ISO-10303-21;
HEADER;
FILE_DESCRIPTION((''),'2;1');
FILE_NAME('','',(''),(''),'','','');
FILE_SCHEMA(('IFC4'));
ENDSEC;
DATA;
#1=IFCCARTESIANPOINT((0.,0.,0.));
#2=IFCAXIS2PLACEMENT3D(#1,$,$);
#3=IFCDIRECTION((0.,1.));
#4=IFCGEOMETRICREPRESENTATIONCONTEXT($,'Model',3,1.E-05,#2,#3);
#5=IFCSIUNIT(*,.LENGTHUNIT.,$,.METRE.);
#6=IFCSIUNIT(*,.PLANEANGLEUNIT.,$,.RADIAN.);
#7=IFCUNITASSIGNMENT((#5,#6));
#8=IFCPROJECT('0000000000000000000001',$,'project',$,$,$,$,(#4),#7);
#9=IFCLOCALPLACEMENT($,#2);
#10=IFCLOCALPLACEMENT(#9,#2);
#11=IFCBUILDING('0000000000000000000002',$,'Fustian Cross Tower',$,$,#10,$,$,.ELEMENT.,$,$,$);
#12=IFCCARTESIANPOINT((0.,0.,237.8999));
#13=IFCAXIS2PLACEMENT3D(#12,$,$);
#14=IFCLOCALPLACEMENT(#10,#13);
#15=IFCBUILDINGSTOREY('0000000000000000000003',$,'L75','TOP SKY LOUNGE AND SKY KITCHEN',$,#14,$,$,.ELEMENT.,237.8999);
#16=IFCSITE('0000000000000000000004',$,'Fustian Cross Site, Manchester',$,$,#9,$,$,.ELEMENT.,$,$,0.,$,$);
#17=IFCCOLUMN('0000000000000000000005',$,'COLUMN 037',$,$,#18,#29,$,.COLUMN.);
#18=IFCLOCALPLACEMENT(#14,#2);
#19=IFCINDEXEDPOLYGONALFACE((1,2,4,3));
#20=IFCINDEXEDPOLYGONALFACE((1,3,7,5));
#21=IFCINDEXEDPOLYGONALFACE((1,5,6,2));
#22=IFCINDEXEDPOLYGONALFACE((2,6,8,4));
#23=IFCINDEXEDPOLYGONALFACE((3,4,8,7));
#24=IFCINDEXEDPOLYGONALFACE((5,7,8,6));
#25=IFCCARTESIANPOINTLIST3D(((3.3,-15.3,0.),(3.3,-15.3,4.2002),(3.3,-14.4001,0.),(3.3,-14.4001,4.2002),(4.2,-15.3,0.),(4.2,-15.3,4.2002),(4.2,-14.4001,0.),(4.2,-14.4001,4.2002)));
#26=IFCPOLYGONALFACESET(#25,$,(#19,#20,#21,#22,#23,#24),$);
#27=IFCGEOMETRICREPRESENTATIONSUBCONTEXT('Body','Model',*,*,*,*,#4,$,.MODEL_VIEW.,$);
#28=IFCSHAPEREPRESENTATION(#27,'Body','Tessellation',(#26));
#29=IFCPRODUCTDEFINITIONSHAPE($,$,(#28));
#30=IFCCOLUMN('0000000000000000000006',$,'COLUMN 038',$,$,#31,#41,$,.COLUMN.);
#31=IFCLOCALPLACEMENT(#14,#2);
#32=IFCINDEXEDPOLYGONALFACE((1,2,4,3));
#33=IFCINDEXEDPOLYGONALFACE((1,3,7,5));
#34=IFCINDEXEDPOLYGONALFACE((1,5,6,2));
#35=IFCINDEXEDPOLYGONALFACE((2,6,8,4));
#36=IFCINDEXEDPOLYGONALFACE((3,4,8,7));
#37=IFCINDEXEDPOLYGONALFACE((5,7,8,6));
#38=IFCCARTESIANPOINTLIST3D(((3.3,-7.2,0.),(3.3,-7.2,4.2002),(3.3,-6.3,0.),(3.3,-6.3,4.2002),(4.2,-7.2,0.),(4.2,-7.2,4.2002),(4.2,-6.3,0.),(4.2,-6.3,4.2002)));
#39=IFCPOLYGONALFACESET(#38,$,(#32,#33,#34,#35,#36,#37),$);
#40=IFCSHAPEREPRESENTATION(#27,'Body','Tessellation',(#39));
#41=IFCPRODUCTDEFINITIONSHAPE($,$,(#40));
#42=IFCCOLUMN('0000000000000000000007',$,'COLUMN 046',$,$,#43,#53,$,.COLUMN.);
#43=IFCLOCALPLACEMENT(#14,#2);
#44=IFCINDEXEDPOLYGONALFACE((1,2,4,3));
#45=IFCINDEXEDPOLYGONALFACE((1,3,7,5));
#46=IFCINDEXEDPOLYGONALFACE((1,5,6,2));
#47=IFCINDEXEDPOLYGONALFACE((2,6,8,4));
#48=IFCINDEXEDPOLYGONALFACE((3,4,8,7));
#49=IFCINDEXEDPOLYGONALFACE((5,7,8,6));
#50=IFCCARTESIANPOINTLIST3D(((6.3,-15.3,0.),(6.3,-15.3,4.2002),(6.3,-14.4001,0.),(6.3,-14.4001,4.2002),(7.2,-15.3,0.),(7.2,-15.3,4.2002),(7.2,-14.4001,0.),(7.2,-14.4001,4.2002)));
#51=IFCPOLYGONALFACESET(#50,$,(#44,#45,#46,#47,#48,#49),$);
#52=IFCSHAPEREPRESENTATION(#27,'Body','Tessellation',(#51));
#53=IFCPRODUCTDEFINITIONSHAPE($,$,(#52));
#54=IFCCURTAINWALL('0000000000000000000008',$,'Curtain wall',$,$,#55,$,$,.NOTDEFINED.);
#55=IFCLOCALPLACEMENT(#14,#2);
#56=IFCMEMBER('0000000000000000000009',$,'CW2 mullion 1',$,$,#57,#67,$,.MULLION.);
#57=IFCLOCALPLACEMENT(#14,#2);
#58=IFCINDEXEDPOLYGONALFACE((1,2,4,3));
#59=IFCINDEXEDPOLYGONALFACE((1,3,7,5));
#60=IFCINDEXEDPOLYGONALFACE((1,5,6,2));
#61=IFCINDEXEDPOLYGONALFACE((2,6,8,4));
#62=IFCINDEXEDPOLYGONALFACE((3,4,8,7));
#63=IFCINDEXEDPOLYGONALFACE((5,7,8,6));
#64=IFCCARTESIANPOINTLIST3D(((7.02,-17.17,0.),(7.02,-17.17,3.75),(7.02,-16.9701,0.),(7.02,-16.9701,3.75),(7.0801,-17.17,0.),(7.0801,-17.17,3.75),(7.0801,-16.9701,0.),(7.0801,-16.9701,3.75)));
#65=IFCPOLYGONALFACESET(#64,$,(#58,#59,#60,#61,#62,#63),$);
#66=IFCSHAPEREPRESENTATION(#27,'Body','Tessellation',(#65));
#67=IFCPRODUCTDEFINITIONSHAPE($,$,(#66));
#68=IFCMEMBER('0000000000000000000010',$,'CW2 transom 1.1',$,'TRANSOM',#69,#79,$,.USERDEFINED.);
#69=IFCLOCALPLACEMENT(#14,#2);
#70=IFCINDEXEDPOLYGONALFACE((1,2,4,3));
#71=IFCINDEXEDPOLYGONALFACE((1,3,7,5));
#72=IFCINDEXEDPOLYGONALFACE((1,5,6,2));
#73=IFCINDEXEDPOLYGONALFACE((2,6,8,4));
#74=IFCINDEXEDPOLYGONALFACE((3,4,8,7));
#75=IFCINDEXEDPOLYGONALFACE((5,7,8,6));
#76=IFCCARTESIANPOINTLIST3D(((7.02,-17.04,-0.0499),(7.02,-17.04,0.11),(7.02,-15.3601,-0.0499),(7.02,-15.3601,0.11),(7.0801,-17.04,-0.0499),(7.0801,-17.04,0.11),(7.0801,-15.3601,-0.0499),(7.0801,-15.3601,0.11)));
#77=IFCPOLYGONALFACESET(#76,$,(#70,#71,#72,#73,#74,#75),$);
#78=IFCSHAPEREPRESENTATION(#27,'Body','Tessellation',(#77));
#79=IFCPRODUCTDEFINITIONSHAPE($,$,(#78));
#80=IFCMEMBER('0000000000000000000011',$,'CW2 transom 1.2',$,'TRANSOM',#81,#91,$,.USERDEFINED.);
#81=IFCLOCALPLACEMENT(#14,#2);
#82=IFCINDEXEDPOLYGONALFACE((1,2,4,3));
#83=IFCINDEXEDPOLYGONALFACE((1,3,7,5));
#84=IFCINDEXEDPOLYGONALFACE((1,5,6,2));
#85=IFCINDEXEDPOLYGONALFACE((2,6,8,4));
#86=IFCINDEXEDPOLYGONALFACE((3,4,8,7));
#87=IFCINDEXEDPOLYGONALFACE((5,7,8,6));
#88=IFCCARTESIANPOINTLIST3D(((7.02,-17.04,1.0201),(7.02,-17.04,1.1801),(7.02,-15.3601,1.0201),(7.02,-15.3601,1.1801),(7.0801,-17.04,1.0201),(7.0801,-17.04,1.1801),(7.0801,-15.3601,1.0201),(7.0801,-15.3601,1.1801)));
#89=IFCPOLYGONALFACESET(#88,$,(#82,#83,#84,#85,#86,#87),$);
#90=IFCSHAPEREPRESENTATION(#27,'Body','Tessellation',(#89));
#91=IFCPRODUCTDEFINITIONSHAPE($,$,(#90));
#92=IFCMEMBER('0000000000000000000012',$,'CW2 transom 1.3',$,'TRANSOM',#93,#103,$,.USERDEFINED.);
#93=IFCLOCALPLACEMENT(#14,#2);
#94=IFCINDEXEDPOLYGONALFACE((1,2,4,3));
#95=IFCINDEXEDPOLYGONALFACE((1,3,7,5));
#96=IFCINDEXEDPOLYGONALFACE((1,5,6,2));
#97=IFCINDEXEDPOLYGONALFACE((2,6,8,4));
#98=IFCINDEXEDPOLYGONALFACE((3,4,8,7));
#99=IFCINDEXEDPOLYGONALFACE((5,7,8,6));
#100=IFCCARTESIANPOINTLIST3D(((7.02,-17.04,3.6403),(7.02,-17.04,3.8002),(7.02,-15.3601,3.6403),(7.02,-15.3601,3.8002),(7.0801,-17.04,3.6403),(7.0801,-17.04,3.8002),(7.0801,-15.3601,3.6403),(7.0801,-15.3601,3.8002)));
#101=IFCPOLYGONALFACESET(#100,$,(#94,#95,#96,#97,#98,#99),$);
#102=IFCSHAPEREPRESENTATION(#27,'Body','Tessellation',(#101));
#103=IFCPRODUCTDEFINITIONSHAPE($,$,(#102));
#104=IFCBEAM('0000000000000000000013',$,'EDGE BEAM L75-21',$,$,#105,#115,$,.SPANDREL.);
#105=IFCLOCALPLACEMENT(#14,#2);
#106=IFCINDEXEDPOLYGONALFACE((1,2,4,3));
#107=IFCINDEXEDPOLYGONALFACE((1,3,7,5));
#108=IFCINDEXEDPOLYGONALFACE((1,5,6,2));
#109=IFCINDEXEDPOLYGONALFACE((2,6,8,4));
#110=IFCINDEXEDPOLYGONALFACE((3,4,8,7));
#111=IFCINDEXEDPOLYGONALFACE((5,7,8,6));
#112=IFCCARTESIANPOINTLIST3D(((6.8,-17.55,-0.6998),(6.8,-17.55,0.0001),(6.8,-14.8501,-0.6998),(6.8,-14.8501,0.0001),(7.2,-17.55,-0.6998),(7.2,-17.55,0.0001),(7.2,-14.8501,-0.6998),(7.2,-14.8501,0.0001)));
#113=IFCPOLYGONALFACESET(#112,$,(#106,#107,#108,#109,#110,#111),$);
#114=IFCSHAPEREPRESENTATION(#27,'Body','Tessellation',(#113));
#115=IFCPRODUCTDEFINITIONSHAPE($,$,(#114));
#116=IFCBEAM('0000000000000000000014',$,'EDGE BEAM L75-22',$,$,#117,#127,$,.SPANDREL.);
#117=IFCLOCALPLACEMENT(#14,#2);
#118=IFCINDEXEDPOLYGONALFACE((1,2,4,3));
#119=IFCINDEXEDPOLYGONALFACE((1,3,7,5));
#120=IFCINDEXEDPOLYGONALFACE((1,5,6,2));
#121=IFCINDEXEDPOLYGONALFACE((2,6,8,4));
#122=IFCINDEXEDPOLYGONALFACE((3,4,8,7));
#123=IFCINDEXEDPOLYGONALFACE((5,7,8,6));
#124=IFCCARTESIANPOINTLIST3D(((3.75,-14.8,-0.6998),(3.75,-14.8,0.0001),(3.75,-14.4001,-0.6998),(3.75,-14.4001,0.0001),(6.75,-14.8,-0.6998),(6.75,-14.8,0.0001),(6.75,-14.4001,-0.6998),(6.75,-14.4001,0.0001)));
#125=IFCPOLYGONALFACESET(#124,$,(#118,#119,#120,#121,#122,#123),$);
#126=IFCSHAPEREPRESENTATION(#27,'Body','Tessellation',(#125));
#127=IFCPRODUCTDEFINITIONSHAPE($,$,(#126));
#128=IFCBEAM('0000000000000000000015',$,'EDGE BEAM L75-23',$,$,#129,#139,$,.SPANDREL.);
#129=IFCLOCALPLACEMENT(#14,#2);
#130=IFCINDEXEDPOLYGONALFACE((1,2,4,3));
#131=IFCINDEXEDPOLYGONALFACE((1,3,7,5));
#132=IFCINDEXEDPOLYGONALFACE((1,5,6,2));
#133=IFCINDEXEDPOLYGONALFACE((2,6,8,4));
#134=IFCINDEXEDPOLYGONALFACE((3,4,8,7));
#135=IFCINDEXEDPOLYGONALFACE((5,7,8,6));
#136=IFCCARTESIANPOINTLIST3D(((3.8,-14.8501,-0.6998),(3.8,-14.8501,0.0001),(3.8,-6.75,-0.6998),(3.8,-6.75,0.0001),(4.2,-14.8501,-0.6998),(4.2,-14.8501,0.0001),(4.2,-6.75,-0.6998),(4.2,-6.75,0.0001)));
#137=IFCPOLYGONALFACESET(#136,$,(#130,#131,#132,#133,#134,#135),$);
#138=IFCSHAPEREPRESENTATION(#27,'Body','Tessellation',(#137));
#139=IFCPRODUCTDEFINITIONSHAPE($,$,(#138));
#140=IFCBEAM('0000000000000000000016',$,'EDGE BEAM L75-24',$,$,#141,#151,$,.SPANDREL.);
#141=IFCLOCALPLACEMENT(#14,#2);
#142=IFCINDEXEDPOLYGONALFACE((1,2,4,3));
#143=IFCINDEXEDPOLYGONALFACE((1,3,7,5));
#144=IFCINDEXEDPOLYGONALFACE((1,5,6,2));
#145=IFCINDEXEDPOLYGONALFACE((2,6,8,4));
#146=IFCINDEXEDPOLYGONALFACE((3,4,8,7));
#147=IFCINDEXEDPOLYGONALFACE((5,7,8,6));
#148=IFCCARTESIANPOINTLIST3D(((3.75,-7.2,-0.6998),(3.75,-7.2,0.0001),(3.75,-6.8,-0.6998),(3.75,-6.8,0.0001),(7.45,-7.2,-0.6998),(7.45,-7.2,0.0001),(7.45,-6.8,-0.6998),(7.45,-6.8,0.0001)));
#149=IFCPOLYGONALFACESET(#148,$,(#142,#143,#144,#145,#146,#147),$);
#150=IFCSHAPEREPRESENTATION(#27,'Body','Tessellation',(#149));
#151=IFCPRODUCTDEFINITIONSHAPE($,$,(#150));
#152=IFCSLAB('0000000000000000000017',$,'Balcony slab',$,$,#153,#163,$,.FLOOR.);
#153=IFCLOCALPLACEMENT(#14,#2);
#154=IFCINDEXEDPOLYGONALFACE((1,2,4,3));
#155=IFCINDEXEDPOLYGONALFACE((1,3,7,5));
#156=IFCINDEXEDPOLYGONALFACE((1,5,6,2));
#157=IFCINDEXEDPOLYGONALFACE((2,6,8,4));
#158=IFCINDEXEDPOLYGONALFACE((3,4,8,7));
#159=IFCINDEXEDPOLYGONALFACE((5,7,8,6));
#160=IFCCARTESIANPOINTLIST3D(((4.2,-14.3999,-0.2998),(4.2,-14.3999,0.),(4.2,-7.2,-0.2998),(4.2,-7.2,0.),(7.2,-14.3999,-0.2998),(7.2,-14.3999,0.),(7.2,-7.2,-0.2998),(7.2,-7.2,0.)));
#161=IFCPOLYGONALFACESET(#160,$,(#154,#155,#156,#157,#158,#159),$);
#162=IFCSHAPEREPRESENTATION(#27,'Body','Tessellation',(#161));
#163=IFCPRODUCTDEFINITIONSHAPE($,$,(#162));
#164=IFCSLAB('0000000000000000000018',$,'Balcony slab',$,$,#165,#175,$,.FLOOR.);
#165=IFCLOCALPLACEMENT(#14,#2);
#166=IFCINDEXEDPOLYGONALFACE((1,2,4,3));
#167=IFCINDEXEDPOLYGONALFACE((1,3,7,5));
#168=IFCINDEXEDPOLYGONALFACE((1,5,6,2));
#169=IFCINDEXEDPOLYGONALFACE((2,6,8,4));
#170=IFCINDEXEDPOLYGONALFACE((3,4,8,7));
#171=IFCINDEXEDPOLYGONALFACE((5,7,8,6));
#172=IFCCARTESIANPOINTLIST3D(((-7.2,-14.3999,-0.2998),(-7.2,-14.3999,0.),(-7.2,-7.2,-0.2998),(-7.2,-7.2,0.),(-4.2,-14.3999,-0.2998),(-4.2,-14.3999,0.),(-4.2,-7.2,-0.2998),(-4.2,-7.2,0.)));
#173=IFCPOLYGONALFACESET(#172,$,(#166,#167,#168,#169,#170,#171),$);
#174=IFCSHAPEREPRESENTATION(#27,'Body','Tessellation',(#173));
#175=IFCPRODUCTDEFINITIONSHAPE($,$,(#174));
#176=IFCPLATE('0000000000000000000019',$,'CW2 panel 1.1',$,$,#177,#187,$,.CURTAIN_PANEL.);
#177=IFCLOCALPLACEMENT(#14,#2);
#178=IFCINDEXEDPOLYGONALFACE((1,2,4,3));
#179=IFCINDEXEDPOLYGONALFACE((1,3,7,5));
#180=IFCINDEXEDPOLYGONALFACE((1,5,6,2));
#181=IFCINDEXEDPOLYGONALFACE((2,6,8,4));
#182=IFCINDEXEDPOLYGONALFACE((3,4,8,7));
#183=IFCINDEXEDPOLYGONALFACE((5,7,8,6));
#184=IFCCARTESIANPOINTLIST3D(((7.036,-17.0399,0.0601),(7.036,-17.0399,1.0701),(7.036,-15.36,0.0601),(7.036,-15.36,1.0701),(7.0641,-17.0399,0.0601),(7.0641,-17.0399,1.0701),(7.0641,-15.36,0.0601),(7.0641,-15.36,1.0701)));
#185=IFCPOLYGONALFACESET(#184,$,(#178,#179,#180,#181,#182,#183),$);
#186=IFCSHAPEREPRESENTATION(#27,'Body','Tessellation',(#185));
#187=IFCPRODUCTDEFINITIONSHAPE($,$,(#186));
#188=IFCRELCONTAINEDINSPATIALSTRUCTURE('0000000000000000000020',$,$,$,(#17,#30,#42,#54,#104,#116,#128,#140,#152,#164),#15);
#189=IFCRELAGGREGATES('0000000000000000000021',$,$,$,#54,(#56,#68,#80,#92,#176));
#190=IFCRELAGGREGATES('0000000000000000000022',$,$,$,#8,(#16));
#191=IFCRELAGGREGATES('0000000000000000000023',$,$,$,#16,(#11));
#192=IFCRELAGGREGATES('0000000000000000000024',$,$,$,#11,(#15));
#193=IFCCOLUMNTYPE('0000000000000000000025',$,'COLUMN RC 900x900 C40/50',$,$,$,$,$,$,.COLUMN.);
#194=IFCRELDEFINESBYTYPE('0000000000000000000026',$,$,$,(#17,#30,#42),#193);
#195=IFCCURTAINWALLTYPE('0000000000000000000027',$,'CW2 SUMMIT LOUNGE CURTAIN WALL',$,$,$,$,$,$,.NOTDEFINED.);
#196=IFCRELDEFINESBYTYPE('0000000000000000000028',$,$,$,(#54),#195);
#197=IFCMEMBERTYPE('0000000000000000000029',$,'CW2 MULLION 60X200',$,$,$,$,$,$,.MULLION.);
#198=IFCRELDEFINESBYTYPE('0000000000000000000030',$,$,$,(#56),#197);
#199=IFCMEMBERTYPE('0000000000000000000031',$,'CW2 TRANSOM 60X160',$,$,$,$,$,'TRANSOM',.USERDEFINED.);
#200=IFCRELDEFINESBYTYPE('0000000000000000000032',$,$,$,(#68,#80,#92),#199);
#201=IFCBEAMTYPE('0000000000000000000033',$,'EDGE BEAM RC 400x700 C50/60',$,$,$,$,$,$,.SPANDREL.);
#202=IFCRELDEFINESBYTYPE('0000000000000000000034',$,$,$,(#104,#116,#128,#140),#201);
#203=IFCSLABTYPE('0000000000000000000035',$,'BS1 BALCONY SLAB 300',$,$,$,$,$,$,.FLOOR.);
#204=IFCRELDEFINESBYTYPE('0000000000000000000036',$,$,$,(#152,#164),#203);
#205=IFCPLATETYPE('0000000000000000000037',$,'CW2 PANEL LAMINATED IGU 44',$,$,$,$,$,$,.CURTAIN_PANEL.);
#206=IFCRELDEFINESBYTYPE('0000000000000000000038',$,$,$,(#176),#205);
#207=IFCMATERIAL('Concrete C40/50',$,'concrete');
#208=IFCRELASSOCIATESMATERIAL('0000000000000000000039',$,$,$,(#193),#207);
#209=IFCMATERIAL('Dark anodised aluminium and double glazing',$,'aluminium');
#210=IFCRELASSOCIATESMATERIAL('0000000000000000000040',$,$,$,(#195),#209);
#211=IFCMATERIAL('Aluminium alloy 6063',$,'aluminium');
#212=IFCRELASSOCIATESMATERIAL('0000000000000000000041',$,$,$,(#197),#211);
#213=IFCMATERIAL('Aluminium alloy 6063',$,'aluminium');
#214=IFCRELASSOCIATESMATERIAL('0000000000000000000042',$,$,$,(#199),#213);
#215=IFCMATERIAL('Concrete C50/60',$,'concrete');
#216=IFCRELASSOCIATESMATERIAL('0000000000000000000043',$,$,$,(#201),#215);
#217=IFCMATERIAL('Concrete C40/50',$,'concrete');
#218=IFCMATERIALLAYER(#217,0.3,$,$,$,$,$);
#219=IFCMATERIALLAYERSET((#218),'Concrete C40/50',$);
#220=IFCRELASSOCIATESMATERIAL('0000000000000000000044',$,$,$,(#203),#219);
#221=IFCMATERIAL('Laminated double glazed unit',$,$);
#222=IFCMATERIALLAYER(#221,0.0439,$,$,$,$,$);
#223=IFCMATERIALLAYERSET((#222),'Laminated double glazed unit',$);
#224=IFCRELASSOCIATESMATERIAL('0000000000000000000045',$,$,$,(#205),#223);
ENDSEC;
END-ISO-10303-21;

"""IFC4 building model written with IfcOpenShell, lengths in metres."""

from ifc_helpers import new_model, si_unit, direction, frame, origin, origin_2d, place, context, subcontext, project, spatial, polyline, rectangle, outline, extrude, material, layer, layer_set, material_profile, profile_set, type_object, element, aggregate, save


model = new_model("IFC4")

# Units and contexts
model_context = context("Model", 3, precision=1e-05, world=origin(), true_north=direction((0.0, 1.0)))
body_context = subcontext(model_context, "Body", "Model", "MODEL_VIEW")
ifc_project = project(units=[si_unit("LENGTHUNIT", "METRE"), si_unit("PLANEANGLEUNIT", "RADIAN")], contexts=[model_context])

# Site, building, storey
site_placement = place(None, origin())
site = spatial("IfcSite", under=ifc_project, at=site_placement, Name="Fustian Cross Site, Manchester", CompositionType="ELEMENT", RefElevation=0.0)
building_placement = place(site_placement, origin())
building = spatial("IfcBuilding", under=site, at=building_placement, Name="Fustian Cross Tower", CompositionType="ELEMENT")
storey_placement = place(building_placement, frame((0.0, 0.0, 237.8999)))
storey = spatial("IfcBuildingStorey", under=building, at=storey_placement, Name="L75", Description="TOP SKY LOUNGE AND SKY KITCHEN", CompositionType="ELEMENT", Elevation=237.8999)

# Columns
ifc_material_1 = material(Name="Concrete C40/50", Category="concrete")
ifc_material_profile_1 = material_profile(ifc_material_1, rectangle(XDim=0.8999, YDim=0.8999, at=origin_2d()), Name="RC 900x900")
ifc_profile_set_1 = profile_set([ifc_material_profile_1], Name="Concrete C40/50")
column_type = type_object("IfcColumnType", Name="COLUMN RC 900x900 C40/50", PredefinedType="COLUMN", material=ifc_profile_set_1)
for number, where, z_axis, x_axis, name in (
    (1, (3.75, -14.8501, 0.0), (0.0, 0.0, 1.0), (1.0, 0.0, 0.0), "COLUMN 037"),
    (2, (3.75, -6.75, 0.0), (0.0, 0.0, 1.0), (1.0, 0.0, 0.0), "COLUMN 038"),
    (3, (6.75, -14.8501, 0.0), (0.0, 0.0, 1.0), (1.0, 0.0, 0.0), "COLUMN 046"),
):
    element("IfcColumn", number, at=place(storey_placement, frame(where, z_axis=z_axis, x_axis=x_axis)), inside=storey, type_object=column_type, Name=name, PredefinedType="COLUMN", context=body_context, shape_type="SweptSolid", body=[
        extrude(rectangle(XDim=0.8999, YDim=0.8999, at=origin_2d()), origin(), (0.0, 0.0, 1.0), 4.2002),
    ])

# Curtain wall, members
ifc_material_2 = material(Name="Dark anodised aluminium and double glazing", Category="aluminium")
curtain_wall_type = type_object("IfcCurtainWallType", Name="CW2 SUMMIT LOUNGE CURTAIN WALL", PredefinedType="NOTDEFINED", material=ifc_material_2)
curtain_wall_placement = place(storey_placement, origin())
curtain_wall = element("IfcCurtainWall", 4, at=curtain_wall_placement, inside=storey, type_object=curtain_wall_type, Name="Curtain wall", PredefinedType="NOTDEFINED")
ifc_material_3 = material(Name="Aluminium alloy 6063", Category="aluminium")
ifc_material_profile_2 = material_profile(ifc_material_3, rectangle(XDim=0.0601, YDim=0.2, at=origin_2d()), Name="CW2 MULLION 60X200")
ifc_profile_set_2 = profile_set([ifc_material_profile_2], Name="Aluminium alloy 6063")
member_type_1 = type_object("IfcMemberType", Name="CW2 MULLION 60X200", PredefinedType="MULLION", material=ifc_profile_set_2)
member_1_placement = place(storey_placement, frame((7.05, -17.0701, 0.0), z_axis=(0.0, 0.0, 1.0), x_axis=(-1.0, 0.0, 0.0)))
member_1 = element("IfcMember", 5, at=member_1_placement, type_object=member_type_1, Name="CW2 mullion 1", PredefinedType="MULLION", context=body_context, shape_type="SweptSolid", body=[
    extrude(rectangle(XDim=0.0601, YDim=0.2, at=origin_2d()), origin(), (0.0, 0.0, 1.0), 3.75),
])
ifc_material_4 = material(Name="Aluminium alloy 6063", Category="aluminium")
ifc_material_profile_3 = material_profile(ifc_material_4, rectangle(XDim=0.0601, YDim=0.1599, at=origin_2d()), Name="CW2 TRANSOM 60X160")
ifc_profile_set_3 = profile_set([ifc_material_profile_3], Name="Aluminium alloy 6063")
member_type_2 = type_object("IfcMemberType", Name="CW2 TRANSOM 60X160", ElementType="TRANSOM", PredefinedType="USERDEFINED", material=ifc_profile_set_3)
member_2_placement = place(storey_placement, frame((7.05, -17.04, 0.03), z_axis=(0.0, 1.0, 0.0), x_axis=(-1.0, 0.0, 0.0)))
member_2 = element("IfcMember", 6, at=member_2_placement, type_object=member_type_2, Name="CW2 transom 1.1", ObjectType="TRANSOM", PredefinedType="USERDEFINED", context=body_context, shape_type="SweptSolid", body=[
    extrude(rectangle(XDim=0.0601, YDim=0.1599, at=origin_2d()), origin(), (0.0, 0.0, 1.0), 1.6799),
])
member_3_placement = place(storey_placement, frame((7.05, -17.04, 1.1001), z_axis=(0.0, 1.0, 0.0), x_axis=(-1.0, 0.0, 0.0)))
member_3 = element("IfcMember", 7, at=member_3_placement, type_object=member_type_2, Name="CW2 transom 1.2", ObjectType="TRANSOM", PredefinedType="USERDEFINED", context=body_context, shape_type="SweptSolid", body=[
    extrude(rectangle(XDim=0.0601, YDim=0.1599, at=origin_2d()), origin(), (0.0, 0.0, 1.0), 1.6799),
])
member_4_placement = place(storey_placement, frame((7.05, -17.04, 3.7202), z_axis=(0.0, 1.0, 0.0), x_axis=(-1.0, 0.0, 0.0)))
member_4 = element("IfcMember", 8, at=member_4_placement, type_object=member_type_2, Name="CW2 transom 1.3", ObjectType="TRANSOM", PredefinedType="USERDEFINED", context=body_context, shape_type="SweptSolid", body=[
    extrude(rectangle(XDim=0.0601, YDim=0.1599, at=origin_2d()), origin(), (0.0, 0.0, 1.0), 1.6799),
])

# Beams
ifc_material_5 = material(Name="Concrete C50/60", Category="concrete")
ifc_material_profile_4 = material_profile(ifc_material_5, rectangle(XDim=0.3999, YDim=0.7, at=origin_2d()), Name="RC 400x700")
ifc_profile_set_4 = profile_set([ifc_material_profile_4], Name="Concrete C50/60")
beam_type = type_object("IfcBeamType", Name="EDGE BEAM RC 400x700 C50/60", PredefinedType="SPANDREL", material=ifc_profile_set_4)
beam_1_placement = place(storey_placement, frame((7.0, -17.55, -0.3499), z_axis=(0.0, 1.0, 0.0), x_axis=(-1.0, 0.0, 0.0)))
element("IfcBeam", 9, at=beam_1_placement, inside=storey, type_object=beam_type, Name="EDGE BEAM L75-21", PredefinedType="SPANDREL", context=body_context, shape_type="SweptSolid", body=[
    extrude(rectangle(XDim=0.3999, YDim=0.7, at=origin_2d()), origin(), (0.0, 0.0, 1.0), 2.7),
])
beam_2_placement = place(storey_placement, frame((6.75, -14.6001, -0.3499), z_axis=(-1.0, 0.0, 0.0), x_axis=(0.0, -1.0, 0.0)))
element("IfcBeam", 10, at=beam_2_placement, inside=storey, type_object=beam_type, Name="EDGE BEAM L75-22", PredefinedType="SPANDREL", context=body_context, shape_type="SweptSolid", body=[
    extrude(rectangle(XDim=0.3999, YDim=0.7, at=origin_2d()), origin(), (0.0, 0.0, 1.0), 3.0),
])
beam_3_placement = place(storey_placement, frame((4.0, -14.8501, -0.3499), z_axis=(0.0, 1.0, 0.0), x_axis=(-1.0, 0.0, 0.0)))
element("IfcBeam", 11, at=beam_3_placement, inside=storey, type_object=beam_type, Name="EDGE BEAM L75-23", PredefinedType="SPANDREL", context=body_context, shape_type="SweptSolid", body=[
    extrude(rectangle(XDim=0.3999, YDim=0.7, at=origin_2d()), origin(), (0.0, 0.0, 1.0), 8.1001),
])
beam_4_placement = place(storey_placement, frame((3.75, -7.0, -0.3499), z_axis=(1.0, 0.0, 0.0), x_axis=(0.0, 1.0, 0.0)))
element("IfcBeam", 12, at=beam_4_placement, inside=storey, type_object=beam_type, Name="EDGE BEAM L75-24", PredefinedType="SPANDREL", context=body_context, shape_type="SweptSolid", body=[
    extrude(rectangle(XDim=0.3999, YDim=0.7, at=origin_2d()), origin(), (0.0, 0.0, 1.0), 3.7),
])

# Slabs
ifc_material_6 = material(Name="Concrete C40/50", Category="concrete")
ifc_layer_1 = layer(ifc_material_6, 0.3)
ifc_layer_set_1 = layer_set([ifc_layer_1], Name="Concrete C40/50")
slab_type_1 = type_object("IfcSlabType", Name="BS1 BALCONY SLAB 300", PredefinedType="FLOOR", material=ifc_layer_set_1)
slab_1_placement = place(storey_placement, frame((0.0, 0.0, -0.2998)))
element("IfcSlab", 13, at=slab_1_placement, inside=storey, type_object=slab_type_1, Name="Balcony slab", PredefinedType="FLOOR", context=body_context, shape_type="SweptSolid", body=[
    extrude(outline(polyline([(4.2, -14.3999), (7.2, -14.3999), (7.2, -7.2), (4.2, -7.2), (4.2, -14.3999)])), origin(), (0.0, 0.0, 1.0), 0.2998),
])
slab_2_placement = place(storey_placement, frame((0.0, 0.0, -0.2998)))
element("IfcSlab", 14, at=slab_2_placement, inside=storey, type_object=slab_type_1, Name="Balcony slab", PredefinedType="FLOOR", context=body_context, shape_type="SweptSolid", body=[
    extrude(outline(polyline([(-7.2, -14.3999), (-4.2, -14.3999), (-4.2, -7.2), (-7.2, -7.2), (-7.2, -14.3999)])), origin(), (0.0, 0.0, 1.0), 0.2998),
])

# Plate
ifc_material_7 = material(Name="Laminated double glazed unit")
ifc_layer_2 = layer(ifc_material_7, 0.0439)
ifc_layer_set_2 = layer_set([ifc_layer_2], Name="Laminated double glazed unit")
plate_type = type_object("IfcPlateType", Name="CW2 PANEL LAMINATED IGU 44", PredefinedType="CURTAIN_PANEL", material=ifc_layer_set_2)
plate_placement = place(storey_placement, frame((7.05, -16.2, 0.0601), z_axis=(0.0, 0.0, 1.0), x_axis=(0.0, 1.0, 0.0)))
plate = element("IfcPlate", 15, at=plate_placement, type_object=plate_type, Name="CW2 panel 1.1", PredefinedType="CURTAIN_PANEL", context=body_context, shape_type="SweptSolid", body=[
    extrude(rectangle(XDim=1.6799, YDim=0.0281, at=origin_2d()), origin(), (0.0, 0.0, 1.0), 1.01),
])
aggregate(curtain_wall, [member_1, member_2, member_3, member_4, plate])

save(model, "model.ifc")
